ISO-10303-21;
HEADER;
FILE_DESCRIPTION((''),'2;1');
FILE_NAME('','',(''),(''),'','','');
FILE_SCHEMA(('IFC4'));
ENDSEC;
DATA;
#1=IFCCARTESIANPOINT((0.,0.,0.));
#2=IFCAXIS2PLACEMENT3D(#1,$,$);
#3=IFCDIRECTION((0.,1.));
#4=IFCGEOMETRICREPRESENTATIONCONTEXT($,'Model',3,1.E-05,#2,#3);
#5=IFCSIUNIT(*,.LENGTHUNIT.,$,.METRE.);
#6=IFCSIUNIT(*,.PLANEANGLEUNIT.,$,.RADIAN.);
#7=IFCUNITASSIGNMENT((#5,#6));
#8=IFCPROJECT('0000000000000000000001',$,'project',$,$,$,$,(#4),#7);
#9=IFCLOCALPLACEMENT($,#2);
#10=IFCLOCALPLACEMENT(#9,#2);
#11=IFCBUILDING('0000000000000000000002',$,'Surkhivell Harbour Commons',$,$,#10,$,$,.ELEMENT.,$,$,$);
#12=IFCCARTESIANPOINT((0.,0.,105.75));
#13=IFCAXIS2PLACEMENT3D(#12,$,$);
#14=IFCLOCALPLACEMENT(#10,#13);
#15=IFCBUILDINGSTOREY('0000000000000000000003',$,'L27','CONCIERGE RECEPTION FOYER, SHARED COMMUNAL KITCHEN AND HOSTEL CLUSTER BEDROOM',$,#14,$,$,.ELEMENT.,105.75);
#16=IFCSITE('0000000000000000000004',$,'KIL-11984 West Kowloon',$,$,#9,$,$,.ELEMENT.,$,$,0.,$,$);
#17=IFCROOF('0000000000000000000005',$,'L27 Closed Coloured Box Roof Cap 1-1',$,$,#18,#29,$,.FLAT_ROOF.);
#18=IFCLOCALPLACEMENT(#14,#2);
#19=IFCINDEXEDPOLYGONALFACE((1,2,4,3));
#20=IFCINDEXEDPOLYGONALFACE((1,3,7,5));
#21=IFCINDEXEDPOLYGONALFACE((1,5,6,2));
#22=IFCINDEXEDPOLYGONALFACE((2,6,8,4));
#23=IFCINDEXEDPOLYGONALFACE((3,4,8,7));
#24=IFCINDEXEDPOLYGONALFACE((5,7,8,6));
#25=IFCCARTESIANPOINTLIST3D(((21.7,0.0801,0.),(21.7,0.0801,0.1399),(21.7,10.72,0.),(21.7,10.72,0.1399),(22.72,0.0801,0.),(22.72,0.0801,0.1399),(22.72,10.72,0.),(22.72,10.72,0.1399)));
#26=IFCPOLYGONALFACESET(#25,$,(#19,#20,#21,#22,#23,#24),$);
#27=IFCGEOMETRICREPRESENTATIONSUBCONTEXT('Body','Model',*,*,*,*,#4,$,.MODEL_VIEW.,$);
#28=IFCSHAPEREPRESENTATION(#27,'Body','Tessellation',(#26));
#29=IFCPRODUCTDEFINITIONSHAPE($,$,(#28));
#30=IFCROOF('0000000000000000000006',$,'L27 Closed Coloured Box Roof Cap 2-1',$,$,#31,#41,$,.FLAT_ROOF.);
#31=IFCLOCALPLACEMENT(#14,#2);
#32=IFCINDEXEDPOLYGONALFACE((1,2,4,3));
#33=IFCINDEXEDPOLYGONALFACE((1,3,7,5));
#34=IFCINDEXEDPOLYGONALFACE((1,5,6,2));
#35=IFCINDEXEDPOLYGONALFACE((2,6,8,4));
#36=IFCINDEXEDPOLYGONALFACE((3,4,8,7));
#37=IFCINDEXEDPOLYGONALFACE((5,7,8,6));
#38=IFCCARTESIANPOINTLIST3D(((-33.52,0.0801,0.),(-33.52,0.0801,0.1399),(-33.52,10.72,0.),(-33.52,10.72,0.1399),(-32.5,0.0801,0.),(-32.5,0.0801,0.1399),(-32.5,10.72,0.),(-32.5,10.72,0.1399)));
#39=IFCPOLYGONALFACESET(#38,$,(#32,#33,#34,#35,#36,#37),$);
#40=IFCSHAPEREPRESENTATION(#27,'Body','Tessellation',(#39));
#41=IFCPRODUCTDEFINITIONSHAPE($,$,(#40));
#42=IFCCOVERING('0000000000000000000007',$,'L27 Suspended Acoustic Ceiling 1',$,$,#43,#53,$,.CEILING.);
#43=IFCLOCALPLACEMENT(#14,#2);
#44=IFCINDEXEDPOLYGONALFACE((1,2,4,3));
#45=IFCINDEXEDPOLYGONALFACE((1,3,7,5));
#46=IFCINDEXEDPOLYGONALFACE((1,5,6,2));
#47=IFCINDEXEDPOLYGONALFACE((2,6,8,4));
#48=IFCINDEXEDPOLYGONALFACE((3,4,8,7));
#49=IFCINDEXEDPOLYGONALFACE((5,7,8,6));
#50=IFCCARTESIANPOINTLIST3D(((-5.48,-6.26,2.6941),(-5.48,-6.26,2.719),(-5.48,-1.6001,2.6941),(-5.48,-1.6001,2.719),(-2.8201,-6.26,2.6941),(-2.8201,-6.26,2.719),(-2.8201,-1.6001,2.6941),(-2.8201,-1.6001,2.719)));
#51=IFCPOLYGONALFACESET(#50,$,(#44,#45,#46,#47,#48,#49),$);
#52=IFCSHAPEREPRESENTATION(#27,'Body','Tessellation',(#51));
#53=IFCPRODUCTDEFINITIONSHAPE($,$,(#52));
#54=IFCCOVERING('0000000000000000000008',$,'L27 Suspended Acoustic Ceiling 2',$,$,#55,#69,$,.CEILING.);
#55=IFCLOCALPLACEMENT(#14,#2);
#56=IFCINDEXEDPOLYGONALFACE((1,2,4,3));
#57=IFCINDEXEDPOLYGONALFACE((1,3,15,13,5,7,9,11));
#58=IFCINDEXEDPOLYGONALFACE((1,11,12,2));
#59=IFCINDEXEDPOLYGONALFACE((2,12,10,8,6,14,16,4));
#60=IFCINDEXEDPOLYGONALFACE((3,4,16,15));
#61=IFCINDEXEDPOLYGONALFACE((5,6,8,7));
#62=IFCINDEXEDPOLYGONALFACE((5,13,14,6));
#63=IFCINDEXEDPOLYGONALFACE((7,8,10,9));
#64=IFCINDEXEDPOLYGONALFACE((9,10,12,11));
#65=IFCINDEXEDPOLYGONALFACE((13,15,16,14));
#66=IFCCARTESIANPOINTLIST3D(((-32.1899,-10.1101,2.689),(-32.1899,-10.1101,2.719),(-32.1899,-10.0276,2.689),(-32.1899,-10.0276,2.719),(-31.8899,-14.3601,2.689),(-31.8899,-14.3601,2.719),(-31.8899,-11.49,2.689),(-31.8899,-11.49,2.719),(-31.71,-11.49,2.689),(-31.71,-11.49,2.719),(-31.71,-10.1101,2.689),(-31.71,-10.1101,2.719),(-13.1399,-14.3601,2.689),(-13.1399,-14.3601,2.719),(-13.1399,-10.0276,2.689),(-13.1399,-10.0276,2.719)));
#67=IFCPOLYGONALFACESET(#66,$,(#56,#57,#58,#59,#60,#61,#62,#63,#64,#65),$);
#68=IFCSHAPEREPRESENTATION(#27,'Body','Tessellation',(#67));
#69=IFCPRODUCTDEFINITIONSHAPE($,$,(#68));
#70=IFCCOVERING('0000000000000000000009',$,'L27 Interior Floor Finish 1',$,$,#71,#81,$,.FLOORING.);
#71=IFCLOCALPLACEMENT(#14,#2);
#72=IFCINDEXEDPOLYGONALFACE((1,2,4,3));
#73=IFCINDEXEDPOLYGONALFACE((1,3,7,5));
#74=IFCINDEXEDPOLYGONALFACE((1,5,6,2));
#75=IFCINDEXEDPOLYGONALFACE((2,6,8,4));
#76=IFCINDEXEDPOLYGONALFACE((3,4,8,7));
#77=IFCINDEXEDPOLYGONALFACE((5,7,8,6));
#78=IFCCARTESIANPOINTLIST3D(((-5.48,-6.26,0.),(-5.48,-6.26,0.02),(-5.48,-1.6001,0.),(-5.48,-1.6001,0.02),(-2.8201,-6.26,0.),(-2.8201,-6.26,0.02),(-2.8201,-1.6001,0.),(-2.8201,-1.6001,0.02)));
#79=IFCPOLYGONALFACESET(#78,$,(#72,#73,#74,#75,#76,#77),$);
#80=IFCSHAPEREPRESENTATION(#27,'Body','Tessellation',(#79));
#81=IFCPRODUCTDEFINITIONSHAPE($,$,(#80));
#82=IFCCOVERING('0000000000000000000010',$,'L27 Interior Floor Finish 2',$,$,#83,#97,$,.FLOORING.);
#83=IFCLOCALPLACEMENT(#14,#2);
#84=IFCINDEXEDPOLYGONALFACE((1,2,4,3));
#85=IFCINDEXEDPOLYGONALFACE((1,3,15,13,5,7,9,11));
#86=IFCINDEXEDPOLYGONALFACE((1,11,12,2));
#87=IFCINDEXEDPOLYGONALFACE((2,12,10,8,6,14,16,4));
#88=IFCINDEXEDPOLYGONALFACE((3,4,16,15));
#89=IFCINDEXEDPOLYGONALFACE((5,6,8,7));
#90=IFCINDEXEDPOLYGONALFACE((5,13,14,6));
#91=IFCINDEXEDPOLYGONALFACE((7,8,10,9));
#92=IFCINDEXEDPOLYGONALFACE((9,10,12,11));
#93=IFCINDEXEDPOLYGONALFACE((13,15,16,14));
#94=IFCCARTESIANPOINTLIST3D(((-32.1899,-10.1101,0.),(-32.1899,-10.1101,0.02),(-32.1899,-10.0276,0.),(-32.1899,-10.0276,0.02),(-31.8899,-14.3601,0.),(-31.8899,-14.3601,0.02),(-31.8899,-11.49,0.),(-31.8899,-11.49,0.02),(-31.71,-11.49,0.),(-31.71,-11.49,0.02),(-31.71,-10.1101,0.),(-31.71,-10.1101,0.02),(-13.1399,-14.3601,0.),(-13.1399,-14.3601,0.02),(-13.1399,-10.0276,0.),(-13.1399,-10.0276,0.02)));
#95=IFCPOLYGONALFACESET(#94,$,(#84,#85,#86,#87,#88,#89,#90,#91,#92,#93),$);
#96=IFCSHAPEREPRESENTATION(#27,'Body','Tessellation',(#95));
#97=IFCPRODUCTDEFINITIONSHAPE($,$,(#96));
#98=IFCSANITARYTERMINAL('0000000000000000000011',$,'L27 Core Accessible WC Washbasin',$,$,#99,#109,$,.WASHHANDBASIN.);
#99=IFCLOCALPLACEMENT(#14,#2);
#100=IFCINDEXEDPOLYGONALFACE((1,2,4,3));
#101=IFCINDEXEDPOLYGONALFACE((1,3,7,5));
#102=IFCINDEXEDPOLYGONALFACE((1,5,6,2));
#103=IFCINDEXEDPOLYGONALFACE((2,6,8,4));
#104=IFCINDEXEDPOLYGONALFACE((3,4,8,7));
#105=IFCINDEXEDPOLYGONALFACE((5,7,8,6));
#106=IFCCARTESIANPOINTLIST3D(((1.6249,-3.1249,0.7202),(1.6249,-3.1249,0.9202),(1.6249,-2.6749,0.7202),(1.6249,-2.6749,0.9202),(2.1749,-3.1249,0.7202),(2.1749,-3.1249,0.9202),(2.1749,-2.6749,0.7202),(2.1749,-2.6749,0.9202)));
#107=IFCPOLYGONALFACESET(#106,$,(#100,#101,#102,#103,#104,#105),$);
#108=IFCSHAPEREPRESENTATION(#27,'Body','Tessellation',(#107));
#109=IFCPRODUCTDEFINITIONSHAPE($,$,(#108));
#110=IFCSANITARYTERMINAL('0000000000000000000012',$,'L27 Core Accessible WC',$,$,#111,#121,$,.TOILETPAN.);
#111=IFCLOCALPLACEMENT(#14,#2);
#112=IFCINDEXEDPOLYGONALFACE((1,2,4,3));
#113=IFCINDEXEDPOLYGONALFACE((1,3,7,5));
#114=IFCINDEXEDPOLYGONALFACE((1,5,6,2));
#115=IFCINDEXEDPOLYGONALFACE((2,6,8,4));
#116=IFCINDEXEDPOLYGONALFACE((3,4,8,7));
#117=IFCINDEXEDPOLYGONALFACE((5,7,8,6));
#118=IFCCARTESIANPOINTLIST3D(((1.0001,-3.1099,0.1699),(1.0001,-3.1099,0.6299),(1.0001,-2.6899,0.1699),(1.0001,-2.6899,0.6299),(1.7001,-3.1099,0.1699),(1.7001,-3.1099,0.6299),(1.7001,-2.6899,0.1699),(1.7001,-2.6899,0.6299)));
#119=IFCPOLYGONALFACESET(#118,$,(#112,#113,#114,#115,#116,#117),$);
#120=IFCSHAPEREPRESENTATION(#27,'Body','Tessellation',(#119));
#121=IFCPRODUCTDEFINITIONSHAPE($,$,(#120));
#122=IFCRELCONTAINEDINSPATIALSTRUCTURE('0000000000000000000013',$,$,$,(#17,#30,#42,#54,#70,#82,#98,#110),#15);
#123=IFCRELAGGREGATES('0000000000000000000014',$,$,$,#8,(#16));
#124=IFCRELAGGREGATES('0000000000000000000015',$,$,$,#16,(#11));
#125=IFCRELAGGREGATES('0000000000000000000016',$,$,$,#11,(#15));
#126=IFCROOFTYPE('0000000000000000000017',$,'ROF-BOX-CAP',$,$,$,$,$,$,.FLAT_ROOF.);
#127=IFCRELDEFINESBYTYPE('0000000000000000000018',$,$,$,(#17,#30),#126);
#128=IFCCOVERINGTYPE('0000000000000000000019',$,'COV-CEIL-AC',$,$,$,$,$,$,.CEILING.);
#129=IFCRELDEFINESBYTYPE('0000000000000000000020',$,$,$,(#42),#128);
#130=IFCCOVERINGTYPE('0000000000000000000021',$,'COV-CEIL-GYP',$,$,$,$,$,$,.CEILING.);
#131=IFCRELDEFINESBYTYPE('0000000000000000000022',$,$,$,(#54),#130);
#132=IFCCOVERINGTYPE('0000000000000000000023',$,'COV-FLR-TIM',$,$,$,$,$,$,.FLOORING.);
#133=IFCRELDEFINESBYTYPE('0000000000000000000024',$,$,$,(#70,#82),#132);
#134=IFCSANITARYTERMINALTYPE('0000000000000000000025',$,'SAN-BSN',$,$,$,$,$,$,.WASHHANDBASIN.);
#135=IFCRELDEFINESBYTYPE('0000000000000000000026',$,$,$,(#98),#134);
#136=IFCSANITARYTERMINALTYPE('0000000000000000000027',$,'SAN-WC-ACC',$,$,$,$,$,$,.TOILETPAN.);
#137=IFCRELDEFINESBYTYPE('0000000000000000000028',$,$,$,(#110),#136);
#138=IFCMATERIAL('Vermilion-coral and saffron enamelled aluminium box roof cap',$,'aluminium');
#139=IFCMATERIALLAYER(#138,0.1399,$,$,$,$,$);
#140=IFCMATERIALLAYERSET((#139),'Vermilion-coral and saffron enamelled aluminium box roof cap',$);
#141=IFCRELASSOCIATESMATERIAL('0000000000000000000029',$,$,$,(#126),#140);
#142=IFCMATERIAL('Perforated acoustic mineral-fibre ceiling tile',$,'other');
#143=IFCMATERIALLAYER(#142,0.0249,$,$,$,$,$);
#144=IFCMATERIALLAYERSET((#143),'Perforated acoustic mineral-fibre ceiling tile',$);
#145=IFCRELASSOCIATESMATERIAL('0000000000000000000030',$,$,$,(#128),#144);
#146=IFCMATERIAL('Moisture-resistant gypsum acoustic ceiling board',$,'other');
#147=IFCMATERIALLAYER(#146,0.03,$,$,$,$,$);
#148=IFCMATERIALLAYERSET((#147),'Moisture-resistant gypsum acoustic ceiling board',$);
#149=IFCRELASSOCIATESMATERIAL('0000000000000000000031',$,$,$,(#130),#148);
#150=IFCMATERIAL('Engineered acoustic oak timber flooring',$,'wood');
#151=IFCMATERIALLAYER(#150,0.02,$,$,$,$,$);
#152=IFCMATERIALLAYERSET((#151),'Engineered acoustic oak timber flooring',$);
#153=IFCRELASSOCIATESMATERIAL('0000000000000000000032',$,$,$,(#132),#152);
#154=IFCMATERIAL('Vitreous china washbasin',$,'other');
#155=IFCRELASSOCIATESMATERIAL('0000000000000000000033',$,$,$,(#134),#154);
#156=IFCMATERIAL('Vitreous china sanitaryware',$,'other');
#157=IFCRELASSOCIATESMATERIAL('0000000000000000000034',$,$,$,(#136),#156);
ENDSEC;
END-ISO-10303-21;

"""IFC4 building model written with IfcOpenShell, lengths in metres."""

from ifc_helpers import new_model, si_unit, direction, frame, origin, origin_2d, place, context, subcontext, project, spatial, polyline, rectangle, outline, extrude, material, layer, layer_set, type_object, element, save


model = new_model("IFC4")

# Units and contexts
model_context = context("Model", 3, precision=1e-05, world=origin(), true_north=direction((0.0, 1.0)))
body_context = subcontext(model_context, "Body", "Model", "MODEL_VIEW")
ifc_project = project(units=[si_unit("LENGTHUNIT", "METRE"), si_unit("PLANEANGLEUNIT", "RADIAN")], contexts=[model_context])

# Site, building, storey
site_placement = place(None, origin())
site = spatial("IfcSite", under=ifc_project, at=site_placement, Name="KIL-11984 West Kowloon", CompositionType="ELEMENT", RefElevation=0.0)
building_placement = place(site_placement, origin())
building = spatial("IfcBuilding", under=site, at=building_placement, Name="Surkhivell Harbour Commons", CompositionType="ELEMENT")
storey_placement = place(building_placement, frame((0.0, 0.0, 105.75)))
storey = spatial("IfcBuildingStorey", under=building, at=storey_placement, Name="L27", Description="CONCIERGE RECEPTION FOYER, SHARED COMMUNAL KITCHEN AND HOSTEL CLUSTER BEDROOM", CompositionType="ELEMENT", Elevation=105.75)

# Roofs
ifc_material_1 = material(Name="Vermilion-coral and saffron enamelled aluminium box roof cap", Category="aluminium")
ifc_layer_1 = layer(ifc_material_1, 0.1399)
ifc_layer_set_1 = layer_set([ifc_layer_1], Name="Vermilion-coral and saffron enamelled aluminium box roof cap")
roof_type = type_object("IfcRoofType", Name="ROF-BOX-CAP", PredefinedType="FLAT_ROOF", material=ifc_layer_set_1)
roof_1_placement = place(storey_placement, origin())
element("IfcRoof", 1, at=roof_1_placement, inside=storey, type_object=roof_type, Name="L27 Closed Coloured Box Roof Cap 1-1", PredefinedType="FLAT_ROOF", context=body_context, shape_type="SweptSolid", body=[
    extrude(outline(polyline([(21.7, 10.72), (21.7, 0.0801), (22.72, 0.0801), (22.72, 10.72), (21.7, 10.72)])), origin(), (0.0, 0.0, 1.0), 0.1399),
])
roof_2_placement = place(storey_placement, origin())
element("IfcRoof", 2, at=roof_2_placement, inside=storey, type_object=roof_type, Name="L27 Closed Coloured Box Roof Cap 2-1", PredefinedType="FLAT_ROOF", context=body_context, shape_type="SweptSolid", body=[
    extrude(outline(polyline([(-32.5, 0.0801), (-32.5, 10.72), (-33.52, 10.72), (-33.52, 0.0801), (-32.5, 0.0801)])), origin(), (0.0, 0.0, 1.0), 0.1399),
])

# Coverings
ifc_material_2 = material(Name="Perforated acoustic mineral-fibre ceiling tile", Category="other")
ifc_layer_2 = layer(ifc_material_2, 0.0249)
ifc_layer_set_2 = layer_set([ifc_layer_2], Name="Perforated acoustic mineral-fibre ceiling tile")
covering_type_1 = type_object("IfcCoveringType", Name="COV-CEIL-AC", PredefinedType="CEILING", material=ifc_layer_set_2)
covering_1_placement = place(storey_placement, frame((0.0, 0.0, 2.6941)))
element("IfcCovering", 3, at=covering_1_placement, inside=storey, type_object=covering_type_1, Name="L27 Suspended Acoustic Ceiling 1", PredefinedType="CEILING", context=body_context, shape_type="SweptSolid", body=[
    extrude(outline(polyline([(-5.48, -6.26), (-2.8201, -6.26), (-2.8201, -1.6001), (-5.48, -1.6001), (-5.48, -6.26)])), origin(), (0.0, 0.0, 1.0), 0.0249),
])
ifc_material_3 = material(Name="Moisture-resistant gypsum acoustic ceiling board", Category="other")
ifc_layer_3 = layer(ifc_material_3, 0.03)
ifc_layer_set_3 = layer_set([ifc_layer_3], Name="Moisture-resistant gypsum acoustic ceiling board")
covering_type_2 = type_object("IfcCoveringType", Name="COV-CEIL-GYP", PredefinedType="CEILING", material=ifc_layer_set_3)
covering_2_placement = place(storey_placement, frame((0.0, 0.0, 2.689)))
element("IfcCovering", 4, at=covering_2_placement, inside=storey, type_object=covering_type_2, Name="L27 Suspended Acoustic Ceiling 2", PredefinedType="CEILING", context=body_context, shape_type="SweptSolid", body=[
    extrude(outline(polyline([(-13.1399, -14.3601), (-13.1399, -10.0276), (-32.1899, -10.0276), (-32.1899, -10.1101), (-31.71, -10.1101), (-31.71, -11.49), (-31.8899, -11.49), (-31.8899, -14.3601), (-13.1399, -14.3601)])), origin(), (0.0, 0.0, 1.0), 0.03),
])
ifc_material_4 = material(Name="Engineered acoustic oak timber flooring", Category="wood")
ifc_layer_4 = layer(ifc_material_4, 0.02)
ifc_layer_set_4 = layer_set([ifc_layer_4], Name="Engineered acoustic oak timber flooring")
covering_type_3 = type_object("IfcCoveringType", Name="COV-FLR-TIM", PredefinedType="FLOORING", material=ifc_layer_set_4)
covering_3_placement = place(storey_placement, origin())
element("IfcCovering", 5, at=covering_3_placement, inside=storey, type_object=covering_type_3, Name="L27 Interior Floor Finish 1", PredefinedType="FLOORING", context=body_context, shape_type="SweptSolid", body=[
    extrude(outline(polyline([(-5.48, -6.26), (-2.8201, -6.26), (-2.8201, -1.6001), (-5.48, -1.6001), (-5.48, -6.26)])), origin(), (0.0, 0.0, 1.0), 0.02),
])
covering_4_placement = place(storey_placement, origin())
element("IfcCovering", 6, at=covering_4_placement, inside=storey, type_object=covering_type_3, Name="L27 Interior Floor Finish 2", PredefinedType="FLOORING", context=body_context, shape_type="SweptSolid", body=[
    extrude(outline(polyline([(-13.1399, -14.3601), (-13.1399, -10.0276), (-32.1899, -10.0276), (-32.1899, -10.1101), (-31.71, -10.1101), (-31.71, -11.49), (-31.8899, -11.49), (-31.8899, -14.3601), (-13.1399, -14.3601)])), origin(), (0.0, 0.0, 1.0), 0.02),
])

# Sanitary terminals
ifc_material_5 = material(Name="Vitreous china washbasin", Category="other")
sanitary_terminal_type_1 = type_object("IfcSanitaryTerminalType", Name="SAN-BSN", PredefinedType="WASHHANDBASIN", material=ifc_material_5)
sanitary_terminal_1_placement = place(storey_placement, frame((1.8999, -2.8999, 0.7202), z_axis=(0.0, 0.0, 1.0), x_axis=(1.0, 0.0, 0.0)))
element("IfcSanitaryTerminal", 7, at=sanitary_terminal_1_placement, inside=storey, type_object=sanitary_terminal_type_1, Name="L27 Core Accessible WC Washbasin", PredefinedType="WASHHANDBASIN", context=body_context, shape_type="SweptSolid", body=[
    extrude(rectangle(XDim=0.55, YDim=0.45, at=origin_2d()), origin(), (0.0, 0.0, 1.0), 0.2),
])
ifc_material_6 = material(Name="Vitreous china sanitaryware", Category="other")
sanitary_terminal_type_2 = type_object("IfcSanitaryTerminalType", Name="SAN-WC-ACC", PredefinedType="TOILETPAN", material=ifc_material_6)
sanitary_terminal_2_placement = place(storey_placement, frame((1.3501, -2.8999, 0.1699), z_axis=(0.0, 0.0, 1.0), x_axis=(1.0, 0.0, 0.0)))
element("IfcSanitaryTerminal", 8, at=sanitary_terminal_2_placement, inside=storey, type_object=sanitary_terminal_type_2, Name="L27 Core Accessible WC", PredefinedType="TOILETPAN", context=body_context, shape_type="SweptSolid", body=[
    extrude(rectangle(XDim=0.7, YDim=0.4199, at=origin_2d()), origin(), (0.0, 0.0, 1.0), 0.46),
])

save(model, "model.ifc")
